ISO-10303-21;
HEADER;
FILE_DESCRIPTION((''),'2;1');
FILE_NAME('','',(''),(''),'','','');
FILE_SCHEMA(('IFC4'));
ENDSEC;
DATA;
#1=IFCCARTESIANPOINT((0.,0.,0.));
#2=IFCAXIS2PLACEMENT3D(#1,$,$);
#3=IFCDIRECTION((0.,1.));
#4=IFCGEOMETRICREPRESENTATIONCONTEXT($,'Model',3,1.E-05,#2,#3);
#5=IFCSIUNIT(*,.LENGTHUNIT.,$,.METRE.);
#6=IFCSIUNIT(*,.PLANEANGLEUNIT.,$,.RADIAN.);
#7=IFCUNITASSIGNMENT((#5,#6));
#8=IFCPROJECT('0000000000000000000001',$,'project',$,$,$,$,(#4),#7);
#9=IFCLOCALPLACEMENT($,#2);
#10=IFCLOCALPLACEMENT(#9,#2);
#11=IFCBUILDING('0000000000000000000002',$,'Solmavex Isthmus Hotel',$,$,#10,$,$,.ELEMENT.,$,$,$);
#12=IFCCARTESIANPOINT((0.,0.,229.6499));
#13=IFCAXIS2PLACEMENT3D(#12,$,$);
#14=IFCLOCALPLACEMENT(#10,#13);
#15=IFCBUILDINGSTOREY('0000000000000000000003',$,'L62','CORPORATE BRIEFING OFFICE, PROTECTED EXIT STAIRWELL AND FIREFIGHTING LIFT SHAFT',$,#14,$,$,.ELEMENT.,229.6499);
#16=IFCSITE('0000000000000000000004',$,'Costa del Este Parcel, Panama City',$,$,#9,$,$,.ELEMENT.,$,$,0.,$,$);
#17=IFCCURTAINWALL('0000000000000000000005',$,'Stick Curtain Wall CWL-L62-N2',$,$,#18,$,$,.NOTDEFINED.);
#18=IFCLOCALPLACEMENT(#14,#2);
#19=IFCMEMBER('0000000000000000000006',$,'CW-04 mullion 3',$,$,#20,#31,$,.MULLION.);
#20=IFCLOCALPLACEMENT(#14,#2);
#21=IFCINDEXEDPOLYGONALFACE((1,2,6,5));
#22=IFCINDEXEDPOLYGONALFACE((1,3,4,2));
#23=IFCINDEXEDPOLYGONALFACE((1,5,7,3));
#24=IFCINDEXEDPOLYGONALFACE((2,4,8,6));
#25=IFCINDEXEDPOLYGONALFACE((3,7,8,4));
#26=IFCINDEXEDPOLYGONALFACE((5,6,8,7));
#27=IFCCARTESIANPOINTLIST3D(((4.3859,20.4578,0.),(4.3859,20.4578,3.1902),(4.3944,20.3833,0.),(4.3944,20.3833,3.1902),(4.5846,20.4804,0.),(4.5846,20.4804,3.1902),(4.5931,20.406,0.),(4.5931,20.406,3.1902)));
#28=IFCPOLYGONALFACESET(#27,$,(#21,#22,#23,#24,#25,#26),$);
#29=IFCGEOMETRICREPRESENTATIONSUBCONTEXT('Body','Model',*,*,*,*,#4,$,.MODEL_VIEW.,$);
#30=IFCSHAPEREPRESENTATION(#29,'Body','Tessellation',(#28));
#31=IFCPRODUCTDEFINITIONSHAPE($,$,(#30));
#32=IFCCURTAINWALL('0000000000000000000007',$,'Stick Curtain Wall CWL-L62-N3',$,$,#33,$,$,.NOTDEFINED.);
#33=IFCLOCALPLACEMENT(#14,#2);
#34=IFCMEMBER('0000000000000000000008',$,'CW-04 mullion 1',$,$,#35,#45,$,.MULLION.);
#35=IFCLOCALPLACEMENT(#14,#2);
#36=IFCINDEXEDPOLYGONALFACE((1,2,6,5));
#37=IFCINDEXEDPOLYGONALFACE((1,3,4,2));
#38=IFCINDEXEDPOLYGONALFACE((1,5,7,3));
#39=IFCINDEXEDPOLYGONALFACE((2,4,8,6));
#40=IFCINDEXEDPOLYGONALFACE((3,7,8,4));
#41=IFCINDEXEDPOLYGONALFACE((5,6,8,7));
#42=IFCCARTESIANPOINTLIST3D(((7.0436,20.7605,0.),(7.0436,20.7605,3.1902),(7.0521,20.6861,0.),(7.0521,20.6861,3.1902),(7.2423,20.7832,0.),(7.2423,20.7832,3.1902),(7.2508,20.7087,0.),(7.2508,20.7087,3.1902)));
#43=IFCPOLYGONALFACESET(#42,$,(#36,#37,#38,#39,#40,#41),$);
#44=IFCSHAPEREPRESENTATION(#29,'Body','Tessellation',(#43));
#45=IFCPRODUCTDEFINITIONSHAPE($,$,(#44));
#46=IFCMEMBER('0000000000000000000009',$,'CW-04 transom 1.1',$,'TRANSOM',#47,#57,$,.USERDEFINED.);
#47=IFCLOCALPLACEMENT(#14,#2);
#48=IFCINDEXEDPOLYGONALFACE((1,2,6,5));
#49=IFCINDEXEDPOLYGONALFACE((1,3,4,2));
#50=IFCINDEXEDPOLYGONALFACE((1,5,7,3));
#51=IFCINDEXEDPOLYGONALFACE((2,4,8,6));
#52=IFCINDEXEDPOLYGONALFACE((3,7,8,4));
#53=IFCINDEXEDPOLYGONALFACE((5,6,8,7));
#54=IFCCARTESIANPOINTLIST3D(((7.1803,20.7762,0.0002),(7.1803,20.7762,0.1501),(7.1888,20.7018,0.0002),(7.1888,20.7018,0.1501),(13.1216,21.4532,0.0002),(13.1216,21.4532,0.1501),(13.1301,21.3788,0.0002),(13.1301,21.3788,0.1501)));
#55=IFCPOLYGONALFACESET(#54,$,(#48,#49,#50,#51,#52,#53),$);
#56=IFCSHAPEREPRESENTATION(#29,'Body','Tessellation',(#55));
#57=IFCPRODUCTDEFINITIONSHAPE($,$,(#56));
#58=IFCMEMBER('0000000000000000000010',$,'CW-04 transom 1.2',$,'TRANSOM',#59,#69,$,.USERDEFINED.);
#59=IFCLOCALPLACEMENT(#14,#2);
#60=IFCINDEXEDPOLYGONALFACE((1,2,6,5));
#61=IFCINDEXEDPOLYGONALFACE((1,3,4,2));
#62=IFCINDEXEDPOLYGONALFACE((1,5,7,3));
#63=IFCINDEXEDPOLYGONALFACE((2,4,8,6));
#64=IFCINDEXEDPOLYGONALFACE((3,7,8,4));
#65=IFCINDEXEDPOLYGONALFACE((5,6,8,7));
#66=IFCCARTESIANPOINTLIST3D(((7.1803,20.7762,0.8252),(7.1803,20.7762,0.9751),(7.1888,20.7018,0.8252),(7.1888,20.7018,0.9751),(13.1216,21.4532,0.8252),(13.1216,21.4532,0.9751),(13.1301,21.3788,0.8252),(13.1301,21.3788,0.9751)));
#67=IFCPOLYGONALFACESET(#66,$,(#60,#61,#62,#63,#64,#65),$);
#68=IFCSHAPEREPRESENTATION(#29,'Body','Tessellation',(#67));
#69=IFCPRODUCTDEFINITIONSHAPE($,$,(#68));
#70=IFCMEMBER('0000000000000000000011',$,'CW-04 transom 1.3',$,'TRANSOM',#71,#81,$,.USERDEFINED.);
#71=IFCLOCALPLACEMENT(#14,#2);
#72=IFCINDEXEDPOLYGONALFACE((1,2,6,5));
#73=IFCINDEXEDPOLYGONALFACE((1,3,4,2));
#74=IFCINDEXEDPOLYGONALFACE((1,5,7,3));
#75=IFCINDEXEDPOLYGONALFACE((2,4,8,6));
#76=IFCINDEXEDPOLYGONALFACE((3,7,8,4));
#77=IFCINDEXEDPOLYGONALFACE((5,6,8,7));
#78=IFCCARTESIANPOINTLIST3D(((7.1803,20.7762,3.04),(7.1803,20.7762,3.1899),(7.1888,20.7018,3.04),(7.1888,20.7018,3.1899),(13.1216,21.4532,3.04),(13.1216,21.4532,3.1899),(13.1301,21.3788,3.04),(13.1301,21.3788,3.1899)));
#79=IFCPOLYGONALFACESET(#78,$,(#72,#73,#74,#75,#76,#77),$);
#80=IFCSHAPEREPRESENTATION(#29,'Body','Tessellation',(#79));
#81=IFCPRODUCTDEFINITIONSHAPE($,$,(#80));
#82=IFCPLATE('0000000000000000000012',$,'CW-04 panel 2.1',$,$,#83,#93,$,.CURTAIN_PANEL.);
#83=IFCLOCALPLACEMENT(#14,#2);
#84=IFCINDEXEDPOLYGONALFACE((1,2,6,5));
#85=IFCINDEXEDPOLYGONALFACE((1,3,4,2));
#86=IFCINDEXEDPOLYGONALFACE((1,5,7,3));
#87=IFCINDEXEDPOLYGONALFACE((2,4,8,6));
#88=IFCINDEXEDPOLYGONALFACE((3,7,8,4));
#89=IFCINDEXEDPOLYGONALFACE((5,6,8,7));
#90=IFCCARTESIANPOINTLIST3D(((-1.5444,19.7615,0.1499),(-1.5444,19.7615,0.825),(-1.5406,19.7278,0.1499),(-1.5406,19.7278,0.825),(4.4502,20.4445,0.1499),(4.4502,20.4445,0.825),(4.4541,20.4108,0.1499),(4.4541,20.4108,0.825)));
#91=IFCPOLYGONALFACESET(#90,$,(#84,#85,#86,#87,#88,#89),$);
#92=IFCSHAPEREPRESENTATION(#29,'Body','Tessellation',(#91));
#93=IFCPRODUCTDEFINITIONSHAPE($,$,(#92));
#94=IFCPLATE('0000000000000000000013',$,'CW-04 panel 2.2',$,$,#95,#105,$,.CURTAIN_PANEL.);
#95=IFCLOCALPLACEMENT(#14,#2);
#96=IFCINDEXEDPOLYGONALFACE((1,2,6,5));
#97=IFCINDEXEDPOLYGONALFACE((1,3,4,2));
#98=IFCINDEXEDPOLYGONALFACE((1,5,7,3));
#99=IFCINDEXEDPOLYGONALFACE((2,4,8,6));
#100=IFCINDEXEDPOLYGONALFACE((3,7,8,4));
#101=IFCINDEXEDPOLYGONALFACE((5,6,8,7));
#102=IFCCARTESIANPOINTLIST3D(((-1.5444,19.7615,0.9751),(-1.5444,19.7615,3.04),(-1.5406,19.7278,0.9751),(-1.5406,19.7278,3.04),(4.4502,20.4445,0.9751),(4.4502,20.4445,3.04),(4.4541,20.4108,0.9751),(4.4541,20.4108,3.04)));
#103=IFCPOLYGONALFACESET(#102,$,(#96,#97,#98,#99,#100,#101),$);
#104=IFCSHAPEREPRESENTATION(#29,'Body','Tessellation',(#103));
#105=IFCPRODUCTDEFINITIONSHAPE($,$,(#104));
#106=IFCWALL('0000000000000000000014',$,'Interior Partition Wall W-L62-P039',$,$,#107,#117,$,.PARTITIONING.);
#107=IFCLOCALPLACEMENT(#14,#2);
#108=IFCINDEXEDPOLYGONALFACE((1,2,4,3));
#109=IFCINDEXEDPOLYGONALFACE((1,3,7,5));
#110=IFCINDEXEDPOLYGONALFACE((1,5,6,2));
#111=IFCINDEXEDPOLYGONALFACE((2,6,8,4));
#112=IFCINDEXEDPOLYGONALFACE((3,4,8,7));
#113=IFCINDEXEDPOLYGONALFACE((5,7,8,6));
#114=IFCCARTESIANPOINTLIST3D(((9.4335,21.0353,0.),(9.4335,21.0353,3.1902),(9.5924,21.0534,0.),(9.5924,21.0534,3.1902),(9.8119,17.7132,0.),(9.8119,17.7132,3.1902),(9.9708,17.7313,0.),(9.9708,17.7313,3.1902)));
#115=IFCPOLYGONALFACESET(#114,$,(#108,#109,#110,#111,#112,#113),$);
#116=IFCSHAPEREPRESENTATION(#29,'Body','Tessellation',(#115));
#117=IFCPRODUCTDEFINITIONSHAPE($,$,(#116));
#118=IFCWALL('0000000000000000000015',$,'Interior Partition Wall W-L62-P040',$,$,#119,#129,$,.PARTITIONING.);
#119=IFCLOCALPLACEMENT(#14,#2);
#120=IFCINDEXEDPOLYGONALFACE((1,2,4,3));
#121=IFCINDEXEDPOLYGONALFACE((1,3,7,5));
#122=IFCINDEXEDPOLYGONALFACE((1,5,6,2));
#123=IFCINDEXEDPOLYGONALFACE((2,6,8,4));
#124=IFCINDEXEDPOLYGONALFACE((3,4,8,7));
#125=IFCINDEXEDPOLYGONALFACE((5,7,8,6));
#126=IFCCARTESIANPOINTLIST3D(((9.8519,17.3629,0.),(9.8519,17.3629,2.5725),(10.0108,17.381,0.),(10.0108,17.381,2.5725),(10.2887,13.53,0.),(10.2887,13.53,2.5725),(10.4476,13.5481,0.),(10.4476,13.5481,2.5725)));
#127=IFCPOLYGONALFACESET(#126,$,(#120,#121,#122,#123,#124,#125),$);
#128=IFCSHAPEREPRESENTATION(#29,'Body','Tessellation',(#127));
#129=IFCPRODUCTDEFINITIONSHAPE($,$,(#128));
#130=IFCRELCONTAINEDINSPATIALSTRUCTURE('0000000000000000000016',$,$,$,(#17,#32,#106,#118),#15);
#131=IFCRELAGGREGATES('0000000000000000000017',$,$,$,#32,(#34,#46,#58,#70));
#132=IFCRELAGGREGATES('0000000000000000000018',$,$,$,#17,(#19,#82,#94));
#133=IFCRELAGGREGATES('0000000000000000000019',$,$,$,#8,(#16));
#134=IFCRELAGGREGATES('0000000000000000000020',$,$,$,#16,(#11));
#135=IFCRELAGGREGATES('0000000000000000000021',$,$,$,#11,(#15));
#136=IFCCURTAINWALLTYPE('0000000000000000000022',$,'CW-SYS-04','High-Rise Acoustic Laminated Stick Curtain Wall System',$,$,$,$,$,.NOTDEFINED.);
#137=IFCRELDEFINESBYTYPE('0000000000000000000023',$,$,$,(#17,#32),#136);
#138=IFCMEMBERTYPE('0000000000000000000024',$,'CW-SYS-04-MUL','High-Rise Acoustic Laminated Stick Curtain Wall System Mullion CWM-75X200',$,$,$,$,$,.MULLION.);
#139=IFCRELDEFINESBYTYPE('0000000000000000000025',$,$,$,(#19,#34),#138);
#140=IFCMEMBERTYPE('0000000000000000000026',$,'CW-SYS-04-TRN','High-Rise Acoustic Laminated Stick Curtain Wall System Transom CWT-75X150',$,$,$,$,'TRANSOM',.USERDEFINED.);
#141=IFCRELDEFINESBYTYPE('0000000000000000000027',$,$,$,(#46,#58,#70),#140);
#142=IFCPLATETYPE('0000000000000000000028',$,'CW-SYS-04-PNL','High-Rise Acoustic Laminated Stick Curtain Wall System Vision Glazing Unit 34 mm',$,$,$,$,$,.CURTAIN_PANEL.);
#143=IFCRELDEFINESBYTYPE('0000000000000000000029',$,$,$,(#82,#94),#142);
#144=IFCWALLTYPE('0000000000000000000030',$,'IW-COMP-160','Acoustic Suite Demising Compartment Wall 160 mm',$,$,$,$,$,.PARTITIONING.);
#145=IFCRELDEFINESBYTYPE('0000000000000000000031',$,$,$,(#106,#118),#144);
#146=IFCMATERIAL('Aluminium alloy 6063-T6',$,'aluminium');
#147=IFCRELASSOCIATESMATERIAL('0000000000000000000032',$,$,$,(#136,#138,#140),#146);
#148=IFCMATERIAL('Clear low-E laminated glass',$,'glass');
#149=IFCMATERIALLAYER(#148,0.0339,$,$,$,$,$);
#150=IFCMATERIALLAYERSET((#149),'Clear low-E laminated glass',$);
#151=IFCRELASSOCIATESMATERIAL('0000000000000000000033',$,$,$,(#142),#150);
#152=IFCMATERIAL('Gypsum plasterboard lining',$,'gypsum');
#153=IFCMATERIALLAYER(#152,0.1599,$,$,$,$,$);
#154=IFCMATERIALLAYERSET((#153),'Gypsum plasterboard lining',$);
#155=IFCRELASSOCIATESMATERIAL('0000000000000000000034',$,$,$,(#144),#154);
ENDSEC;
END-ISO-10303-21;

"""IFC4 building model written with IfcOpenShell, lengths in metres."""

from ifc_helpers import new_model, si_unit, direction, frame, frame_2d, origin, origin_2d, place, context, subcontext, project, spatial, rectangle, extrude, material, layer, layer_set, material_profile, profile_set, type_object, element, aggregate, save


model = new_model("IFC4")

# Units and contexts
model_context = context("Model", 3, precision=1e-05, world=origin(), true_north=direction((0.0, 1.0)))
body_context = subcontext(model_context, "Body", "Model", "MODEL_VIEW")
ifc_project = project(units=[si_unit("LENGTHUNIT", "METRE"), si_unit("PLANEANGLEUNIT", "RADIAN")], contexts=[model_context])

# Site, building, storey
site_placement = place(None, origin())
site = spatial("IfcSite", under=ifc_project, at=site_placement, Name="Costa del Este Parcel, Panama City", CompositionType="ELEMENT", RefElevation=0.0)
building_placement = place(site_placement, origin())
building = spatial("IfcBuilding", under=site, at=building_placement, Name="Solmavex Isthmus Hotel", CompositionType="ELEMENT")
storey_placement = place(building_placement, frame((0.0, 0.0, 229.6499)))
storey = spatial("IfcBuildingStorey", under=building, at=storey_placement, Name="L62", Description="CORPORATE BRIEFING OFFICE, PROTECTED EXIT STAIRWELL AND FIREFIGHTING LIFT SHAFT", CompositionType="ELEMENT", Elevation=229.6499)

# Curtain wall, member
ifc_material_1 = material(Name="Aluminium alloy 6063-T6", Category="aluminium")
curtain_wall_type = type_object("IfcCurtainWallType", Name="CW-SYS-04", Description="High-Rise Acoustic Laminated Stick Curtain Wall System", PredefinedType="NOTDEFINED", material=ifc_material_1)
curtain_wall_1_placement = place(storey_placement, origin())
curtain_wall_1 = element("IfcCurtainWall", 1, at=curtain_wall_1_placement, inside=storey, type_object=curtain_wall_type, Name="Stick Curtain Wall CWL-L62-N2", PredefinedType="NOTDEFINED")
ifc_material_profile_1 = material_profile(ifc_material_1, rectangle(XDim=0.075, YDim=0.2, at=origin_2d()), Name="CWM-75X200")
ifc_profile_set_1 = profile_set([ifc_material_profile_1], Name="Aluminium alloy 6063-T6")
member_type_1 = type_object("IfcMemberType", Name="CW-SYS-04-MUL", Description="High-Rise Acoustic Laminated Stick Curtain Wall System Mullion CWM-75X200", PredefinedType="MULLION", material=ifc_profile_set_1)
member_1_placement = place(storey_placement, frame((4.4895, 20.4319, 0.0), z_axis=(0.0, 0.0, 1.0), x_axis=(-0.113203, 0.993572, 0.0)))
member_1 = element("IfcMember", 2, at=member_1_placement, type_object=member_type_1, Name="CW-04 mullion 3", PredefinedType="MULLION", context=body_context, shape_type="SweptSolid", body=[
    extrude(rectangle(XDim=0.075, YDim=0.2, at=origin_2d()), origin(), (0.0, 0.0, 1.0), 3.1902),
])

# Curtain wall, members
curtain_wall_2_placement = place(storey_placement, origin())
curtain_wall_2 = element("IfcCurtainWall", 3, at=curtain_wall_2_placement, inside=storey, type_object=curtain_wall_type, Name="Stick Curtain Wall CWL-L62-N3", PredefinedType="NOTDEFINED")
member_2_placement = place(storey_placement, frame((7.1472, 20.7346, 0.0), z_axis=(0.0, 0.0, 1.0), x_axis=(-0.113203, 0.993572, 0.0)))
member_2 = element("IfcMember", 4, at=member_2_placement, type_object=member_type_1, Name="CW-04 mullion 1", PredefinedType="MULLION", context=body_context, shape_type="SweptSolid", body=[
    extrude(rectangle(XDim=0.075, YDim=0.2, at=origin_2d()), origin(), (0.0, 0.0, 1.0), 3.1902),
])
ifc_material_profile_2 = material_profile(ifc_material_1, rectangle(XDim=0.075, YDim=0.1499, at=origin_2d()), Name="CWT-75X150")
ifc_profile_set_2 = profile_set([ifc_material_profile_2], Name="Aluminium alloy 6063-T6")
member_type_2 = type_object("IfcMemberType", Name="CW-SYS-04-TRN", Description="High-Rise Acoustic Laminated Stick Curtain Wall System Transom CWT-75X150", ElementType="TRANSOM", PredefinedType="USERDEFINED", material=ifc_profile_set_2)
member_3_placement = place(storey_placement, frame((7.1846, 20.739, 0.0752), z_axis=(0.993571, 0.113214, 0.0), x_axis=(-0.113214, 0.993571, 0.0)))
member_3 = element("IfcMember", 5, at=member_3_placement, type_object=member_type_2, Name="CW-04 transom 1.1", ObjectType="TRANSOM", PredefinedType="USERDEFINED", context=body_context, shape_type="SweptSolid", body=[
    extrude(rectangle(XDim=0.075, YDim=0.1499, at=origin_2d()), origin(), (0.0, 0.0, 1.0), 5.9797),
])
member_4_placement = place(storey_placement, frame((7.1846, 20.739, 0.9001), z_axis=(0.993571, 0.113214, 0.0), x_axis=(-0.113214, 0.993571, 0.0)))
member_4 = element("IfcMember", 6, at=member_4_placement, type_object=member_type_2, Name="CW-04 transom 1.2", ObjectType="TRANSOM", PredefinedType="USERDEFINED", context=body_context, shape_type="SweptSolid", body=[
    extrude(rectangle(XDim=0.075, YDim=0.1499, at=origin_2d()), origin(), (0.0, 0.0, 1.0), 5.9797),
])
member_5_placement = place(storey_placement, frame((7.1846, 20.739, 3.115), z_axis=(0.993571, 0.113214, 0.0), x_axis=(-0.113214, 0.993571, 0.0)))
member_5 = element("IfcMember", 7, at=member_5_placement, type_object=member_type_2, Name="CW-04 transom 1.3", ObjectType="TRANSOM", PredefinedType="USERDEFINED", context=body_context, shape_type="SweptSolid", body=[
    extrude(rectangle(XDim=0.075, YDim=0.1499, at=origin_2d()), origin(), (0.0, 0.0, 1.0), 5.9797),
])
aggregate(curtain_wall_2, [member_2, member_3, member_4, member_5])

# Plates
ifc_material_2 = material(Name="Clear low-E laminated glass", Category="glass")
ifc_layer_1 = layer(ifc_material_2, 0.0339)
ifc_layer_set_1 = layer_set([ifc_layer_1], Name="Clear low-E laminated glass")
plate_type = type_object("IfcPlateType", Name="CW-SYS-04-PNL", Description="High-Rise Acoustic Laminated Stick Curtain Wall System Vision Glazing Unit 34 mm", PredefinedType="CURTAIN_PANEL", material=ifc_layer_set_1)
plate_1_placement = place(storey_placement, frame((1.4548, 20.0862, 0.1499), z_axis=(0.0, 0.0, 1.0), x_axis=(0.993572, 0.113203, 0.0)))
plate_1 = element("IfcPlate", 8, at=plate_1_placement, type_object=plate_type, Name="CW-04 panel 2.1", PredefinedType="CURTAIN_PANEL", context=body_context, shape_type="SweptSolid", body=[
    extrude(rectangle(XDim=6.0334, YDim=0.0339, at=origin_2d()), origin(), (0.0, 0.0, 1.0), 0.675),
])
plate_2_placement = place(storey_placement, frame((1.4548, 20.0862, 0.9751), z_axis=(0.0, 0.0, 1.0), x_axis=(0.993572, 0.113203, 0.0)))
plate_2 = element("IfcPlate", 9, at=plate_2_placement, type_object=plate_type, Name="CW-04 panel 2.2", PredefinedType="CURTAIN_PANEL", context=body_context, shape_type="SweptSolid", body=[
    extrude(rectangle(XDim=6.0334, YDim=0.0339, at=origin_2d()), origin(), (0.0, 0.0, 1.0), 2.0649),
])
aggregate(curtain_wall_1, [member_1, plate_1, plate_2])

# Walls
ifc_material_3 = material(Name="Gypsum plasterboard lining", Category="gypsum")
ifc_layer_2 = layer(ifc_material_3, 0.1599)
ifc_layer_set_2 = layer_set([ifc_layer_2], Name="Gypsum plasterboard lining")
wall_type_1 = type_object("IfcWallType", Name="IW-COMP-160", Description="Acoustic Suite Demising Compartment Wall 160 mm", PredefinedType="PARTITIONING", material=ifc_layer_set_2)
wall_1_placement = place(storey_placement, frame((9.5129, 21.0444, 0.0), z_axis=(0.0, 0.0, 1.0), x_axis=(0.11318, -0.993574, 0.0)))
element("IfcWall", 10, at=wall_1_placement, inside=storey, type_object=wall_type_1, Name="Interior Partition Wall W-L62-P039", PredefinedType="PARTITIONING", context=body_context, shape_type="SweptSolid", body=[
    extrude(rectangle(XDim=3.3435, YDim=0.1599, at=frame_2d((1.6719, 0.0))), origin(), (0.0, 0.0, 1.0), 3.1902),
])
wall_2_placement = place(storey_placement, frame((9.9314, 17.3718, 0.0), z_axis=(0.0, 0.0, 1.0), x_axis=(0.113224, -0.99357, 0.0)))
element("IfcWall", 11, at=wall_2_placement, inside=storey, type_object=wall_type_1, Name="Interior Partition Wall W-L62-P040", PredefinedType="PARTITIONING", context=body_context, shape_type="SweptSolid", body=[
    extrude(rectangle(XDim=3.8577, YDim=0.1599, at=frame_2d((1.9287, 0.0))), origin(), (0.0, 0.0, 1.0), 2.5725),
])

save(model, "model.ifc")
